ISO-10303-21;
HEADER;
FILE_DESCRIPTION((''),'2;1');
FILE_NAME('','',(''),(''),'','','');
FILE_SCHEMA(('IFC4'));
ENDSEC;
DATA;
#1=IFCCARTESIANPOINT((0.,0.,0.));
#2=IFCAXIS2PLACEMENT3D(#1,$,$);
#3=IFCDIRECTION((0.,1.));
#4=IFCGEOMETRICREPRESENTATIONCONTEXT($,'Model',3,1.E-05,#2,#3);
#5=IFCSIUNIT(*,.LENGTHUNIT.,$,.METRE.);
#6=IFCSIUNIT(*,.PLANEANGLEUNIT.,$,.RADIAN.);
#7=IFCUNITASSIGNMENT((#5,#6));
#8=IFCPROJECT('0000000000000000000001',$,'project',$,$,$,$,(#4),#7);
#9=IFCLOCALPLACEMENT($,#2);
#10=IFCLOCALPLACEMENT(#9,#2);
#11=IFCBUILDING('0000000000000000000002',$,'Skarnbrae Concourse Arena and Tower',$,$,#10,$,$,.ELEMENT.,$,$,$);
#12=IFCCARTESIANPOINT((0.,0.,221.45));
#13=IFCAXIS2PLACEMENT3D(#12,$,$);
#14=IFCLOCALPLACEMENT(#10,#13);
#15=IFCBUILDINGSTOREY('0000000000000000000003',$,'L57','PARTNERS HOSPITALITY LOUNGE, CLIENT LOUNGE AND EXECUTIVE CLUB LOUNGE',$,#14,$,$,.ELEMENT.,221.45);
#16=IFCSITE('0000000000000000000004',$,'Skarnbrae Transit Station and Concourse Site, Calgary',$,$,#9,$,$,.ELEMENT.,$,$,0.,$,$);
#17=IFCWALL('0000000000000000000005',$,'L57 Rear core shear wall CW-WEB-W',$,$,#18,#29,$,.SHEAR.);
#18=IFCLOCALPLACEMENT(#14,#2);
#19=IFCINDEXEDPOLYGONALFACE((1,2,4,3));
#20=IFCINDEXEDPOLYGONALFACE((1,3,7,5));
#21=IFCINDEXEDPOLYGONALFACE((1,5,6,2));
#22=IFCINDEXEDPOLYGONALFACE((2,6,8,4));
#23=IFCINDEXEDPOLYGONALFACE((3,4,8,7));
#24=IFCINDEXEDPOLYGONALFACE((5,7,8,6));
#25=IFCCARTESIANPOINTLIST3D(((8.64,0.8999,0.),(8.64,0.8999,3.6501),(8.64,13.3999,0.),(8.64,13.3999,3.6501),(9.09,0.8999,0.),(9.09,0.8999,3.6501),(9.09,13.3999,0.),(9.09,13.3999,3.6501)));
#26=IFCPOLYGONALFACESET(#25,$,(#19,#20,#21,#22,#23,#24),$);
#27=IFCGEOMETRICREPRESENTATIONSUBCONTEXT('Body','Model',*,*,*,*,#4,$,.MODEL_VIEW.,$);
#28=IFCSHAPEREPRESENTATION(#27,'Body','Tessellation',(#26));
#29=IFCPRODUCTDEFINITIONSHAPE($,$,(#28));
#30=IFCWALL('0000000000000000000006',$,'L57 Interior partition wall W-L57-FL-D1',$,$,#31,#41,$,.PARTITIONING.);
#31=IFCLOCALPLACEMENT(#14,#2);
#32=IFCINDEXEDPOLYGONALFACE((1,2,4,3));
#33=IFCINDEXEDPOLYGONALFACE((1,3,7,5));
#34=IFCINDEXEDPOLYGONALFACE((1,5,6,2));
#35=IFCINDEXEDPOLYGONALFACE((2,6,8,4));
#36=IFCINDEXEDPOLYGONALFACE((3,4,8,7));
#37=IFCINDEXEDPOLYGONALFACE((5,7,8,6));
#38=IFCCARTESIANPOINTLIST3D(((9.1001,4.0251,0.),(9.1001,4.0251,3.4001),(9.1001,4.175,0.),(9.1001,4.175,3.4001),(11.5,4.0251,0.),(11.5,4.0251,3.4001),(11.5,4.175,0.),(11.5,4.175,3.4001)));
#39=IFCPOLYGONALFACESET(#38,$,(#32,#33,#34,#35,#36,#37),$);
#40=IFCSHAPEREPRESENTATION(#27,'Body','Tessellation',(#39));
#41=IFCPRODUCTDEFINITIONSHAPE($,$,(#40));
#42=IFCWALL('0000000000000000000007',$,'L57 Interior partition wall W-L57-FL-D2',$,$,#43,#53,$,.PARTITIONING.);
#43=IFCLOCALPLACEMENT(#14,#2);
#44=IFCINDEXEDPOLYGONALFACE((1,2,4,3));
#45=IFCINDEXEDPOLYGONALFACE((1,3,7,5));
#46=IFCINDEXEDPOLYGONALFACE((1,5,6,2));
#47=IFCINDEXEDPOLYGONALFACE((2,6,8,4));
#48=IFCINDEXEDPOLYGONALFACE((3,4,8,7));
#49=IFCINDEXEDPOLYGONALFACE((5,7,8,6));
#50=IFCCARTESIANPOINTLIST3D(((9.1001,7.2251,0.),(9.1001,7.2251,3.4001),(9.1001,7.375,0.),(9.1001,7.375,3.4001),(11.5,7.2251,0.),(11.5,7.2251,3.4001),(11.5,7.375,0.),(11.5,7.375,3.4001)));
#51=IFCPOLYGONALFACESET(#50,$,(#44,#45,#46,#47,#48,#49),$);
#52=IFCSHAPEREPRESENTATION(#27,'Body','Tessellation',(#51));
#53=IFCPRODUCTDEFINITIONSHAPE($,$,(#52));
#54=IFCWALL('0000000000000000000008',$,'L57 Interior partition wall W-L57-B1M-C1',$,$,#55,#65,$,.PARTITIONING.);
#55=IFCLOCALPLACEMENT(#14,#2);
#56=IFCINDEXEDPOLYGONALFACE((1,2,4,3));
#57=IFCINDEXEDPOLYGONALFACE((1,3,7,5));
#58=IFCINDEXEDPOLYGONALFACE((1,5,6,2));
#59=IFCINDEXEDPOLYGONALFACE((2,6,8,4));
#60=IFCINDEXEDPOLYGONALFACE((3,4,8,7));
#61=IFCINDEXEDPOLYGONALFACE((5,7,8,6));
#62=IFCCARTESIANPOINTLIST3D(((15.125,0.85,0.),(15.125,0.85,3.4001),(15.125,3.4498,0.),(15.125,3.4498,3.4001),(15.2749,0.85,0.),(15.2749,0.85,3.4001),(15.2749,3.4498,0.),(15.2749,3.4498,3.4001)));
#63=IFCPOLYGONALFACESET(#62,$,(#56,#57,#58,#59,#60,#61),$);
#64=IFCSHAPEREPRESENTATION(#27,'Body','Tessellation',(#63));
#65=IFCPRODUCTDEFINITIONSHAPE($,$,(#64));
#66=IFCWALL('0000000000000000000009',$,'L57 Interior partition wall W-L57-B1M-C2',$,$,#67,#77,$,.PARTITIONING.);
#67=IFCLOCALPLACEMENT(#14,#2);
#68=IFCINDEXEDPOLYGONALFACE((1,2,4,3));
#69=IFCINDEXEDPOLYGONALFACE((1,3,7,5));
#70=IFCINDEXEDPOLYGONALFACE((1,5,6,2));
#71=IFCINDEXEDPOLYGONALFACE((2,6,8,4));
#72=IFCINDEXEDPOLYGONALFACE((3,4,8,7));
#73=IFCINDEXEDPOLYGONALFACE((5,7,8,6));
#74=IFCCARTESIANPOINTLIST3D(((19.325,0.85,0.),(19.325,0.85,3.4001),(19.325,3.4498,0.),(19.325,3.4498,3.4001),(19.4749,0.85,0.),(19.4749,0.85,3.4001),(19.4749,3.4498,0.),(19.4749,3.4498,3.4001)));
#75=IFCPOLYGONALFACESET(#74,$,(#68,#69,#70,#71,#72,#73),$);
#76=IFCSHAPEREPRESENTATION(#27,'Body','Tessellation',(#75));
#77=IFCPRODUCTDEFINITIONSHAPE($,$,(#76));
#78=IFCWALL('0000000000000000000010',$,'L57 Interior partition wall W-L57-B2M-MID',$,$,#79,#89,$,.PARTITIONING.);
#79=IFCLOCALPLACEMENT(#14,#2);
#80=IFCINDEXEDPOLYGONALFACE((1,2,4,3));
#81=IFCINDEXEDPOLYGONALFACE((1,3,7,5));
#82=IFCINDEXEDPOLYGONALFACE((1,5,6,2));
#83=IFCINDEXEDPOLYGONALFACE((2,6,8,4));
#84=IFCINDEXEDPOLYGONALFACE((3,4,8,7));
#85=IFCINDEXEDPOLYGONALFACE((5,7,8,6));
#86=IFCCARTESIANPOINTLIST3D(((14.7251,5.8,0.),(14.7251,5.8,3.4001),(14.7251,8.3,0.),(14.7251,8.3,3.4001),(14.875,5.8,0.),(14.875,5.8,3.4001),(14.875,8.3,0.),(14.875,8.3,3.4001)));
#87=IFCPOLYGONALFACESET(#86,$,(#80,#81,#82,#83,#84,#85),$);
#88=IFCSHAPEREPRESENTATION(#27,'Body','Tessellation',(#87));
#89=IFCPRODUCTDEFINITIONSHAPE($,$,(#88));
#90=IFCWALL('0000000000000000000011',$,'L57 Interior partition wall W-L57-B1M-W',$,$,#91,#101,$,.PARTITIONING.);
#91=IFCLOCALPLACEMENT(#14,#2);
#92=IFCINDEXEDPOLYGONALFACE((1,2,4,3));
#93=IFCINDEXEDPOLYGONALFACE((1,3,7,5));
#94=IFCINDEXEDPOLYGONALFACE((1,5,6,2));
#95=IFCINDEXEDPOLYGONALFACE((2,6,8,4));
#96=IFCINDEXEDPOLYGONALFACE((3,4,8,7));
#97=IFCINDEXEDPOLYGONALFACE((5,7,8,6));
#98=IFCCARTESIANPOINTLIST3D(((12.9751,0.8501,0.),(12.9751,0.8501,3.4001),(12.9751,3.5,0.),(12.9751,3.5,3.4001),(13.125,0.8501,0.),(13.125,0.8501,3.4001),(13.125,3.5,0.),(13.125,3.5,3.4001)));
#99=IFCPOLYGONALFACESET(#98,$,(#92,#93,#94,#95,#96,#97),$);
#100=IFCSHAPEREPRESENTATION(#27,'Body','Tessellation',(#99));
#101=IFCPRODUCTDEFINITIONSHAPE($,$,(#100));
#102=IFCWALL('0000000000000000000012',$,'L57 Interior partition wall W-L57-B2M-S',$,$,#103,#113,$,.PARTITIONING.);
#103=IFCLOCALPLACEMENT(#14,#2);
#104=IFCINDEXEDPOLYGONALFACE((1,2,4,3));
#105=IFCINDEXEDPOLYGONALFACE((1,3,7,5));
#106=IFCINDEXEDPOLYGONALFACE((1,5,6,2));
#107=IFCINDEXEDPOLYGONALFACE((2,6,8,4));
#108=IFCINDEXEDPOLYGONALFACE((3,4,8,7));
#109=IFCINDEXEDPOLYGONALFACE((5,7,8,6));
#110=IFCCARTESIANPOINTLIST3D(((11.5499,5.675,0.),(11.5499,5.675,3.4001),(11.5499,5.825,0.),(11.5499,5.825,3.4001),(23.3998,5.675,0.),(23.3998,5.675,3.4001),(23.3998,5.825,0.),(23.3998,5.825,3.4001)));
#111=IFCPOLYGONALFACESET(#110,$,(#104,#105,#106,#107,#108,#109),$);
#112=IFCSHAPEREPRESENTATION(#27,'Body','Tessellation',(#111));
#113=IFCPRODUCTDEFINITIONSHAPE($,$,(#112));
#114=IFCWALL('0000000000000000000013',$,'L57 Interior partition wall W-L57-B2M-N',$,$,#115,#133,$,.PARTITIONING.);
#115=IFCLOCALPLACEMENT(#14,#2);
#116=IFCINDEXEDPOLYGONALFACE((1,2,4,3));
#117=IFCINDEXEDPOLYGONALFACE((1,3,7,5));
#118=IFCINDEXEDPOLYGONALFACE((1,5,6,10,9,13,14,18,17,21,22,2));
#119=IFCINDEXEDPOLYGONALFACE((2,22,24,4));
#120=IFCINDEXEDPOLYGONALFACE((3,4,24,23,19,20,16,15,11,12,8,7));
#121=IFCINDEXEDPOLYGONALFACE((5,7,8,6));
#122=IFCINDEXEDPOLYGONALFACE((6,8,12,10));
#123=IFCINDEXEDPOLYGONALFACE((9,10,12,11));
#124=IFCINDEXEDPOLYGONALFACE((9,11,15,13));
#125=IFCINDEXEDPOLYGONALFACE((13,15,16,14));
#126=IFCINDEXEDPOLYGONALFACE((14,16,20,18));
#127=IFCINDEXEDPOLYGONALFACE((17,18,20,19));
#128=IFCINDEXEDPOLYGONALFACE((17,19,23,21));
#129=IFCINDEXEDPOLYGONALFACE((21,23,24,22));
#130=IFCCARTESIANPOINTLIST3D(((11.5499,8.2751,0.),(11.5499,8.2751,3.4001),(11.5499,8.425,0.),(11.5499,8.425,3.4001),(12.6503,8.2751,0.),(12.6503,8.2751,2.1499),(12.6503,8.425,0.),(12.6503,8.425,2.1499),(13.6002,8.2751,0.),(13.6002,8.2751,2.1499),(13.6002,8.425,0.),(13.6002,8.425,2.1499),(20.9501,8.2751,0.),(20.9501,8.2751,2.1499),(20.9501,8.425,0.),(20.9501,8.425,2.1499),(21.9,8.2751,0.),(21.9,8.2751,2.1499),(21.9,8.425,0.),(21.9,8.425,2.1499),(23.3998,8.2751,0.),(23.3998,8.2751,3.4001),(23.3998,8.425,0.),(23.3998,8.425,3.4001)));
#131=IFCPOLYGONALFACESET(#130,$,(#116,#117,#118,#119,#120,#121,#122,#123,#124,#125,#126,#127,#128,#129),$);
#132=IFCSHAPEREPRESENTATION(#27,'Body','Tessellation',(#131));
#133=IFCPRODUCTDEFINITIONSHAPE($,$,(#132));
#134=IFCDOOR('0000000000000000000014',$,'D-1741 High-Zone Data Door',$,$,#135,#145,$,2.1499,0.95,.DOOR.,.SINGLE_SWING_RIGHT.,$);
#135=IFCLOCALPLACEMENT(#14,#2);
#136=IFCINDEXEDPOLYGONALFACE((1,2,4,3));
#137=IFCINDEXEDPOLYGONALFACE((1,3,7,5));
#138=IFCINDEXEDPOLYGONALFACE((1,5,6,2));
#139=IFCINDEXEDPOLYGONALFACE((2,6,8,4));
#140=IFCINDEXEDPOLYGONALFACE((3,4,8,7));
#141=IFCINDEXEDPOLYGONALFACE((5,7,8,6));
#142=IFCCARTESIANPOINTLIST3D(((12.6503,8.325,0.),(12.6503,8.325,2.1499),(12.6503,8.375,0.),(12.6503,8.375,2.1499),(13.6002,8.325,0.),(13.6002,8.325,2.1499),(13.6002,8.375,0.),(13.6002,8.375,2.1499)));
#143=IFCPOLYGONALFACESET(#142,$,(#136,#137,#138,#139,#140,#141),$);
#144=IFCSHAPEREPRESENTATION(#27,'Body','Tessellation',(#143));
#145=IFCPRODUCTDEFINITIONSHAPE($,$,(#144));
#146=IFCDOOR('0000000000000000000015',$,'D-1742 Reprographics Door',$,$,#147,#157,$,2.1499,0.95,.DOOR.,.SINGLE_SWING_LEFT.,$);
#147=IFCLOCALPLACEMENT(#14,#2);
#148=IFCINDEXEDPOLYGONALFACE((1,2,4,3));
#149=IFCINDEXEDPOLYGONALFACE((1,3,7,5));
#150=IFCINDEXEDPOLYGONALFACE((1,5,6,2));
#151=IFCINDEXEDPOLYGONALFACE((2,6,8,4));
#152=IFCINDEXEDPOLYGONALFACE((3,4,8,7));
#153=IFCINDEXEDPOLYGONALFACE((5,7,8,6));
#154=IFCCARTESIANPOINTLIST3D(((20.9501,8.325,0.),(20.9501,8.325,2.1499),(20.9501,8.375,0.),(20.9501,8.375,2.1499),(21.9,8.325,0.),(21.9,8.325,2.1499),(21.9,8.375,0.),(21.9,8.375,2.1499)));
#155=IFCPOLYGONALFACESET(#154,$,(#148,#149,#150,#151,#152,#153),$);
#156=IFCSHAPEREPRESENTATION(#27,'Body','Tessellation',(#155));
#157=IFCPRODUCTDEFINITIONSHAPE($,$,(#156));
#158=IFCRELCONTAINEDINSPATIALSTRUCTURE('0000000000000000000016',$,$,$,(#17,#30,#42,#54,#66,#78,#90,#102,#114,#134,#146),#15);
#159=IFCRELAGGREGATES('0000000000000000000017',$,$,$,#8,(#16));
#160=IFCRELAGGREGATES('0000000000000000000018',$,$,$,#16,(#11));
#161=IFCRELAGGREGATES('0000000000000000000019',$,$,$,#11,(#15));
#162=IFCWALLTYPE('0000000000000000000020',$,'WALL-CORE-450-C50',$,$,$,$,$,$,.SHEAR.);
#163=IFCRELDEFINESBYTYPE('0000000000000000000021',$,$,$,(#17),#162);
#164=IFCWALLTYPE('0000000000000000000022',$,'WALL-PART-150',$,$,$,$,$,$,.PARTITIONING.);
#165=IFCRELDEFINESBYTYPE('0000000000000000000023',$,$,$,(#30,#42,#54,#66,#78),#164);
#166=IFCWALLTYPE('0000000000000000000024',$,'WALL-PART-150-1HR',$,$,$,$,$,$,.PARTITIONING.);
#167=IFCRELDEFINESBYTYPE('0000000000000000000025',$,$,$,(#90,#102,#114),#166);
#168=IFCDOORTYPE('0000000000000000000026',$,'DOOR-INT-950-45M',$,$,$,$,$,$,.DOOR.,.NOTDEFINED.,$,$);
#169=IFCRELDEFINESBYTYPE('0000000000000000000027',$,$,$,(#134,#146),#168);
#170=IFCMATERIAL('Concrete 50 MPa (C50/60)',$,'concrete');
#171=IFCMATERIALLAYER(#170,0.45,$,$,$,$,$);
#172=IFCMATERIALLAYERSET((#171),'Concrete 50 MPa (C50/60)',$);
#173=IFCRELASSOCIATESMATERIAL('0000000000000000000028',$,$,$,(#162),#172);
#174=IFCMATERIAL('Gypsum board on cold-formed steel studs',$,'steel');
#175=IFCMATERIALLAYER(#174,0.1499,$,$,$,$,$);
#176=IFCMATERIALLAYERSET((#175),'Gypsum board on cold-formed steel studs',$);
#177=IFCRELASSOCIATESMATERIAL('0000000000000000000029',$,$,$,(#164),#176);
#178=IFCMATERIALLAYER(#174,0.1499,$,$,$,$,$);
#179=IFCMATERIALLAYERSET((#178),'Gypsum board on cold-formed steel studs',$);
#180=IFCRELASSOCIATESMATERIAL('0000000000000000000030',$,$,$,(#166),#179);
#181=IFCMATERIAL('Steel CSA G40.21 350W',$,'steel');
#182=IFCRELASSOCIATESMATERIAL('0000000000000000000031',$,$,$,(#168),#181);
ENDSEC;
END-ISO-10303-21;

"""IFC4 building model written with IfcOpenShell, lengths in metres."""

from ifc_helpers import new_model, si_unit, direction, frame, frame_2d, origin, place, context, subcontext, project, spatial, rectangle, extrude, source, transform, mapped, material, layer, layer_set, type_object, element, fill, save


model = new_model("IFC4")

# Units and contexts
model_context = context("Model", 3, precision=1e-05, world=origin(), true_north=direction((0.0, 1.0)))
body_context = subcontext(model_context, "Body", "Model", "MODEL_VIEW")
ifc_project = project(units=[si_unit("LENGTHUNIT", "METRE"), si_unit("PLANEANGLEUNIT", "RADIAN")], contexts=[model_context])

# Site, building, storey
site_placement = place(None, origin())
site = spatial("IfcSite", under=ifc_project, at=site_placement, Name="Skarnbrae Transit Station and Concourse Site, Calgary", CompositionType="ELEMENT", RefElevation=0.0)
building_placement = place(site_placement, origin())
building = spatial("IfcBuilding", under=site, at=building_placement, Name="Skarnbrae Concourse Arena and Tower", CompositionType="ELEMENT")
storey_placement = place(building_placement, frame((0.0, 0.0, 221.45)))
storey = spatial("IfcBuildingStorey", under=building, at=storey_placement, Name="L57", Description="PARTNERS HOSPITALITY LOUNGE, CLIENT LOUNGE AND EXECUTIVE CLUB LOUNGE", CompositionType="ELEMENT", Elevation=221.45)

# Wall
ifc_material_1 = material(Name="Concrete 50 MPa (C50/60)", Category="concrete")
ifc_layer_1 = layer(ifc_material_1, 0.45)
ifc_layer_set_1 = layer_set([ifc_layer_1], Name="Concrete 50 MPa (C50/60)")
wall_type_1 = type_object("IfcWallType", Name="WALL-CORE-450-C50", PredefinedType="SHEAR", material=ifc_layer_set_1)
shared_shape_1 = source(origin(), body_context, "Body", "SweptSolid", [
    extrude(rectangle(XDim=12.5, YDim=0.45, at=frame_2d((6.25, 0.0))), origin(), (0.0, 0.0, 1.0), 3.6501),
])
wall_1_placement = place(storey_placement, frame((8.865, 0.8999, 0.0), z_axis=(0.0, 0.0, 1.0), x_axis=(0.0, 1.0, 0.0)))
element("IfcWall", 1, at=wall_1_placement, inside=storey, type_object=wall_type_1, Name="L57 Rear core shear wall CW-WEB-W", PredefinedType="SHEAR", context=body_context, shape_type="MappedRepresentation", body=[
    mapped(shared_shape_1, transform((0.0, 0.0, 0.0))),
])

# Shared definitions
ifc_material_2 = material(Name="Gypsum board on cold-formed steel studs", Category="steel")
ifc_material_3 = material(Name="Steel CSA G40.21 350W", Category="steel")

# Walls
ifc_layer_2 = layer(ifc_material_2, 0.1499)
ifc_layer_set_2 = layer_set([ifc_layer_2], Name="Gypsum board on cold-formed steel studs")
wall_type_2 = type_object("IfcWallType", Name="WALL-PART-150", PredefinedType="PARTITIONING", material=ifc_layer_set_2)
shared_shape_2 = source(origin(), body_context, "Body", "SweptSolid", [
    extrude(rectangle(XDim=2.3999, YDim=0.1499, at=frame_2d((1.2, 0.0))), origin(), (0.0, 0.0, 1.0), 3.4001),
])
for number, where, z_axis, x_axis, name in (
    (2, (9.1001, 4.1001, 0.0), (0.0, 0.0, 1.0), (1.0, 0.0, 0.0), "L57 Interior partition wall W-L57-FL-D1"),
    (3, (9.1001, 7.3, 0.0), (0.0, 0.0, 1.0), (1.0, 0.0, 0.0), "L57 Interior partition wall W-L57-FL-D2"),
):
    element("IfcWall", number, at=place(storey_placement, frame(where, z_axis=z_axis, x_axis=x_axis)), inside=storey, type_object=wall_type_2, Name=name, PredefinedType="PARTITIONING", context=body_context, shape_type="MappedRepresentation", body=[
        mapped(shared_shape_2, transform((0.0, 0.0, 0.0))),
    ])
shared_shape_3 = source(origin(), body_context, "Body", "SweptSolid", [
    extrude(rectangle(XDim=2.5999, YDim=0.1499, at=frame_2d((1.2998, 0.0))), origin(), (0.0, 0.0, 1.0), 3.4001),
])
for number, where, z_axis, x_axis, name in (
    (4, (15.2, 0.8501, 0.0), (0.0, 0.0, 1.0), (0.0, 1.0, 0.0), "L57 Interior partition wall W-L57-B1M-C1"),
    (5, (19.3999, 0.8501, 0.0), (0.0, 0.0, 1.0), (0.0, 1.0, 0.0), "L57 Interior partition wall W-L57-B1M-C2"),
):
    element("IfcWall", number, at=place(storey_placement, frame(where, z_axis=z_axis, x_axis=x_axis)), inside=storey, type_object=wall_type_2, Name=name, PredefinedType="PARTITIONING", context=body_context, shape_type="MappedRepresentation", body=[
        mapped(shared_shape_3, transform((0.0, 0.0, 0.0))),
    ])
shared_shape_4 = source(origin(), body_context, "Body", "SweptSolid", [
    extrude(rectangle(XDim=2.5, YDim=0.1499, at=frame_2d((1.25, 0.0))), origin(), (0.0, 0.0, 1.0), 3.4001),
])
wall_2_placement = place(storey_placement, frame((14.8, 5.8, 0.0), z_axis=(0.0, 0.0, 1.0), x_axis=(0.0, 1.0, 0.0)))
element("IfcWall", 6, at=wall_2_placement, inside=storey, type_object=wall_type_2, Name="L57 Interior partition wall W-L57-B2M-MID", PredefinedType="PARTITIONING", context=body_context, shape_type="MappedRepresentation", body=[
    mapped(shared_shape_4, transform((0.0, 0.0, 0.0))),
])
ifc_layer_3 = layer(ifc_material_2, 0.1499)
ifc_layer_set_3 = layer_set([ifc_layer_3], Name="Gypsum board on cold-formed steel studs")
wall_type_3 = type_object("IfcWallType", Name="WALL-PART-150-1HR", PredefinedType="PARTITIONING", material=ifc_layer_set_3)
shared_shape_5 = source(origin(), body_context, "Body", "SweptSolid", [
    extrude(rectangle(XDim=2.6499, YDim=0.1499, at=frame_2d((1.325, 0.0))), origin(), (0.0, 0.0, 1.0), 3.4001),
])
wall_3_placement = place(storey_placement, frame((13.05, 0.8501, 0.0), z_axis=(0.0, 0.0, 1.0), x_axis=(0.0, 1.0, 0.0)))
element("IfcWall", 7, at=wall_3_placement, inside=storey, type_object=wall_type_3, Name="L57 Interior partition wall W-L57-B1M-W", PredefinedType="PARTITIONING", context=body_context, shape_type="MappedRepresentation", body=[
    mapped(shared_shape_5, transform((0.0, 0.0, 0.0))),
])

# Shared definitions
door_type_1 = type_object("IfcDoorType", Name="DOOR-INT-950-45M", OperationType="NOTDEFINED", PredefinedType="DOOR", material=ifc_material_3)
shared_shape_6 = source(origin(), body_context, "Body", "SweptSolid", [
    extrude(rectangle(XDim=0.95, YDim=2.1499, at=frame_2d((0.4751, 1.075))), frame((0.0, 0.0249, 0.0), z_axis=(0.0, -1.0, 0.0), x_axis=(1.0, 0.0, 0.0)), (0.0, 0.0, 1.0), 0.05),
])

# Wall
shared_shape_7 = source(origin(), body_context, "Body", "SweptSolid", [
    extrude(rectangle(XDim=11.8499, YDim=0.1499, at=frame_2d((5.9248, 0.0))), origin(), (0.0, 0.0, 1.0), 3.4001),
])
wall_4_placement = place(storey_placement, frame((11.55, 5.75, 0.0), z_axis=(0.0, 0.0, 1.0), x_axis=(1.0, 0.0, 0.0)))
element("IfcWall", 8, at=wall_4_placement, inside=storey, type_object=wall_type_3, Name="L57 Interior partition wall W-L57-B2M-S", PredefinedType="PARTITIONING", context=body_context, shape_type="MappedRepresentation", body=[
    mapped(shared_shape_7, transform((0.0, 0.0, 0.0))),
])

# Wall, openings, doors
wall_5_placement = place(storey_placement, frame((11.55, 8.3501, 0.0), z_axis=(0.0, 0.0, 1.0), x_axis=(1.0, 0.0, 0.0)))
wall_5 = element("IfcWall", 9, at=wall_5_placement, inside=storey, type_object=wall_type_3, Name="L57 Interior partition wall W-L57-B2M-N", PredefinedType="PARTITIONING", context=body_context, shape_type="MappedRepresentation", body=[
    mapped(shared_shape_7, transform((0.0, 0.0, 0.0))),
])
opening_1_placement = place(wall_5_placement, frame((1.1001, 0.0, 0.0)))
opening_1 = element("IfcOpeningElement", 10, at=opening_1_placement, cuts=wall_5, PredefinedType="OPENING", context=body_context, shape_type="SweptSolid", body=[
    extrude(rectangle(XDim=0.95, YDim=2.1499, at=frame_2d((0.4751, 1.075))), frame((0.0, 0.085, 0.0), z_axis=(0.0, -1.0, 0.0), x_axis=(1.0, 0.0, 0.0)), (0.0, 0.0, 1.0), 0.1699),
])
opening_2_placement = place(wall_5_placement, frame((9.3999, 0.0, 0.0)))
opening_2 = element("IfcOpeningElement", 11, at=opening_2_placement, cuts=wall_5, PredefinedType="OPENING", context=body_context, shape_type="SweptSolid", body=[
    extrude(rectangle(XDim=0.95, YDim=2.1499, at=frame_2d((0.4751, 1.075))), frame((0.0, 0.085, 0.0), z_axis=(0.0, -1.0, 0.0), x_axis=(1.0, 0.0, 0.0)), (0.0, 0.0, 1.0), 0.1699),
])
door_1_placement = place(opening_1_placement, origin())
door_1 = element("IfcDoor", 12, at=door_1_placement, inside=storey, type_object=door_type_1, Name="D-1741 High-Zone Data Door", OperationType="SINGLE_SWING_RIGHT", OverallHeight=2.1499, OverallWidth=0.95, PredefinedType="DOOR", context=body_context, shape_type="MappedRepresentation", body=[
    mapped(shared_shape_6, transform((0.0, 0.0, 0.0))),
])
fill(opening_1, door_1)
door_2_placement = place(opening_2_placement, origin())
door_2 = element("IfcDoor", 13, at=door_2_placement, inside=storey, type_object=door_type_1, Name="D-1742 Reprographics Door", OperationType="SINGLE_SWING_LEFT", OverallHeight=2.1499, OverallWidth=0.95, PredefinedType="DOOR", context=body_context, shape_type="MappedRepresentation", body=[
    mapped(shared_shape_6, transform((0.0, 0.0, 0.0))),
])
fill(opening_2, door_2)

save(model, "model.ifc")
